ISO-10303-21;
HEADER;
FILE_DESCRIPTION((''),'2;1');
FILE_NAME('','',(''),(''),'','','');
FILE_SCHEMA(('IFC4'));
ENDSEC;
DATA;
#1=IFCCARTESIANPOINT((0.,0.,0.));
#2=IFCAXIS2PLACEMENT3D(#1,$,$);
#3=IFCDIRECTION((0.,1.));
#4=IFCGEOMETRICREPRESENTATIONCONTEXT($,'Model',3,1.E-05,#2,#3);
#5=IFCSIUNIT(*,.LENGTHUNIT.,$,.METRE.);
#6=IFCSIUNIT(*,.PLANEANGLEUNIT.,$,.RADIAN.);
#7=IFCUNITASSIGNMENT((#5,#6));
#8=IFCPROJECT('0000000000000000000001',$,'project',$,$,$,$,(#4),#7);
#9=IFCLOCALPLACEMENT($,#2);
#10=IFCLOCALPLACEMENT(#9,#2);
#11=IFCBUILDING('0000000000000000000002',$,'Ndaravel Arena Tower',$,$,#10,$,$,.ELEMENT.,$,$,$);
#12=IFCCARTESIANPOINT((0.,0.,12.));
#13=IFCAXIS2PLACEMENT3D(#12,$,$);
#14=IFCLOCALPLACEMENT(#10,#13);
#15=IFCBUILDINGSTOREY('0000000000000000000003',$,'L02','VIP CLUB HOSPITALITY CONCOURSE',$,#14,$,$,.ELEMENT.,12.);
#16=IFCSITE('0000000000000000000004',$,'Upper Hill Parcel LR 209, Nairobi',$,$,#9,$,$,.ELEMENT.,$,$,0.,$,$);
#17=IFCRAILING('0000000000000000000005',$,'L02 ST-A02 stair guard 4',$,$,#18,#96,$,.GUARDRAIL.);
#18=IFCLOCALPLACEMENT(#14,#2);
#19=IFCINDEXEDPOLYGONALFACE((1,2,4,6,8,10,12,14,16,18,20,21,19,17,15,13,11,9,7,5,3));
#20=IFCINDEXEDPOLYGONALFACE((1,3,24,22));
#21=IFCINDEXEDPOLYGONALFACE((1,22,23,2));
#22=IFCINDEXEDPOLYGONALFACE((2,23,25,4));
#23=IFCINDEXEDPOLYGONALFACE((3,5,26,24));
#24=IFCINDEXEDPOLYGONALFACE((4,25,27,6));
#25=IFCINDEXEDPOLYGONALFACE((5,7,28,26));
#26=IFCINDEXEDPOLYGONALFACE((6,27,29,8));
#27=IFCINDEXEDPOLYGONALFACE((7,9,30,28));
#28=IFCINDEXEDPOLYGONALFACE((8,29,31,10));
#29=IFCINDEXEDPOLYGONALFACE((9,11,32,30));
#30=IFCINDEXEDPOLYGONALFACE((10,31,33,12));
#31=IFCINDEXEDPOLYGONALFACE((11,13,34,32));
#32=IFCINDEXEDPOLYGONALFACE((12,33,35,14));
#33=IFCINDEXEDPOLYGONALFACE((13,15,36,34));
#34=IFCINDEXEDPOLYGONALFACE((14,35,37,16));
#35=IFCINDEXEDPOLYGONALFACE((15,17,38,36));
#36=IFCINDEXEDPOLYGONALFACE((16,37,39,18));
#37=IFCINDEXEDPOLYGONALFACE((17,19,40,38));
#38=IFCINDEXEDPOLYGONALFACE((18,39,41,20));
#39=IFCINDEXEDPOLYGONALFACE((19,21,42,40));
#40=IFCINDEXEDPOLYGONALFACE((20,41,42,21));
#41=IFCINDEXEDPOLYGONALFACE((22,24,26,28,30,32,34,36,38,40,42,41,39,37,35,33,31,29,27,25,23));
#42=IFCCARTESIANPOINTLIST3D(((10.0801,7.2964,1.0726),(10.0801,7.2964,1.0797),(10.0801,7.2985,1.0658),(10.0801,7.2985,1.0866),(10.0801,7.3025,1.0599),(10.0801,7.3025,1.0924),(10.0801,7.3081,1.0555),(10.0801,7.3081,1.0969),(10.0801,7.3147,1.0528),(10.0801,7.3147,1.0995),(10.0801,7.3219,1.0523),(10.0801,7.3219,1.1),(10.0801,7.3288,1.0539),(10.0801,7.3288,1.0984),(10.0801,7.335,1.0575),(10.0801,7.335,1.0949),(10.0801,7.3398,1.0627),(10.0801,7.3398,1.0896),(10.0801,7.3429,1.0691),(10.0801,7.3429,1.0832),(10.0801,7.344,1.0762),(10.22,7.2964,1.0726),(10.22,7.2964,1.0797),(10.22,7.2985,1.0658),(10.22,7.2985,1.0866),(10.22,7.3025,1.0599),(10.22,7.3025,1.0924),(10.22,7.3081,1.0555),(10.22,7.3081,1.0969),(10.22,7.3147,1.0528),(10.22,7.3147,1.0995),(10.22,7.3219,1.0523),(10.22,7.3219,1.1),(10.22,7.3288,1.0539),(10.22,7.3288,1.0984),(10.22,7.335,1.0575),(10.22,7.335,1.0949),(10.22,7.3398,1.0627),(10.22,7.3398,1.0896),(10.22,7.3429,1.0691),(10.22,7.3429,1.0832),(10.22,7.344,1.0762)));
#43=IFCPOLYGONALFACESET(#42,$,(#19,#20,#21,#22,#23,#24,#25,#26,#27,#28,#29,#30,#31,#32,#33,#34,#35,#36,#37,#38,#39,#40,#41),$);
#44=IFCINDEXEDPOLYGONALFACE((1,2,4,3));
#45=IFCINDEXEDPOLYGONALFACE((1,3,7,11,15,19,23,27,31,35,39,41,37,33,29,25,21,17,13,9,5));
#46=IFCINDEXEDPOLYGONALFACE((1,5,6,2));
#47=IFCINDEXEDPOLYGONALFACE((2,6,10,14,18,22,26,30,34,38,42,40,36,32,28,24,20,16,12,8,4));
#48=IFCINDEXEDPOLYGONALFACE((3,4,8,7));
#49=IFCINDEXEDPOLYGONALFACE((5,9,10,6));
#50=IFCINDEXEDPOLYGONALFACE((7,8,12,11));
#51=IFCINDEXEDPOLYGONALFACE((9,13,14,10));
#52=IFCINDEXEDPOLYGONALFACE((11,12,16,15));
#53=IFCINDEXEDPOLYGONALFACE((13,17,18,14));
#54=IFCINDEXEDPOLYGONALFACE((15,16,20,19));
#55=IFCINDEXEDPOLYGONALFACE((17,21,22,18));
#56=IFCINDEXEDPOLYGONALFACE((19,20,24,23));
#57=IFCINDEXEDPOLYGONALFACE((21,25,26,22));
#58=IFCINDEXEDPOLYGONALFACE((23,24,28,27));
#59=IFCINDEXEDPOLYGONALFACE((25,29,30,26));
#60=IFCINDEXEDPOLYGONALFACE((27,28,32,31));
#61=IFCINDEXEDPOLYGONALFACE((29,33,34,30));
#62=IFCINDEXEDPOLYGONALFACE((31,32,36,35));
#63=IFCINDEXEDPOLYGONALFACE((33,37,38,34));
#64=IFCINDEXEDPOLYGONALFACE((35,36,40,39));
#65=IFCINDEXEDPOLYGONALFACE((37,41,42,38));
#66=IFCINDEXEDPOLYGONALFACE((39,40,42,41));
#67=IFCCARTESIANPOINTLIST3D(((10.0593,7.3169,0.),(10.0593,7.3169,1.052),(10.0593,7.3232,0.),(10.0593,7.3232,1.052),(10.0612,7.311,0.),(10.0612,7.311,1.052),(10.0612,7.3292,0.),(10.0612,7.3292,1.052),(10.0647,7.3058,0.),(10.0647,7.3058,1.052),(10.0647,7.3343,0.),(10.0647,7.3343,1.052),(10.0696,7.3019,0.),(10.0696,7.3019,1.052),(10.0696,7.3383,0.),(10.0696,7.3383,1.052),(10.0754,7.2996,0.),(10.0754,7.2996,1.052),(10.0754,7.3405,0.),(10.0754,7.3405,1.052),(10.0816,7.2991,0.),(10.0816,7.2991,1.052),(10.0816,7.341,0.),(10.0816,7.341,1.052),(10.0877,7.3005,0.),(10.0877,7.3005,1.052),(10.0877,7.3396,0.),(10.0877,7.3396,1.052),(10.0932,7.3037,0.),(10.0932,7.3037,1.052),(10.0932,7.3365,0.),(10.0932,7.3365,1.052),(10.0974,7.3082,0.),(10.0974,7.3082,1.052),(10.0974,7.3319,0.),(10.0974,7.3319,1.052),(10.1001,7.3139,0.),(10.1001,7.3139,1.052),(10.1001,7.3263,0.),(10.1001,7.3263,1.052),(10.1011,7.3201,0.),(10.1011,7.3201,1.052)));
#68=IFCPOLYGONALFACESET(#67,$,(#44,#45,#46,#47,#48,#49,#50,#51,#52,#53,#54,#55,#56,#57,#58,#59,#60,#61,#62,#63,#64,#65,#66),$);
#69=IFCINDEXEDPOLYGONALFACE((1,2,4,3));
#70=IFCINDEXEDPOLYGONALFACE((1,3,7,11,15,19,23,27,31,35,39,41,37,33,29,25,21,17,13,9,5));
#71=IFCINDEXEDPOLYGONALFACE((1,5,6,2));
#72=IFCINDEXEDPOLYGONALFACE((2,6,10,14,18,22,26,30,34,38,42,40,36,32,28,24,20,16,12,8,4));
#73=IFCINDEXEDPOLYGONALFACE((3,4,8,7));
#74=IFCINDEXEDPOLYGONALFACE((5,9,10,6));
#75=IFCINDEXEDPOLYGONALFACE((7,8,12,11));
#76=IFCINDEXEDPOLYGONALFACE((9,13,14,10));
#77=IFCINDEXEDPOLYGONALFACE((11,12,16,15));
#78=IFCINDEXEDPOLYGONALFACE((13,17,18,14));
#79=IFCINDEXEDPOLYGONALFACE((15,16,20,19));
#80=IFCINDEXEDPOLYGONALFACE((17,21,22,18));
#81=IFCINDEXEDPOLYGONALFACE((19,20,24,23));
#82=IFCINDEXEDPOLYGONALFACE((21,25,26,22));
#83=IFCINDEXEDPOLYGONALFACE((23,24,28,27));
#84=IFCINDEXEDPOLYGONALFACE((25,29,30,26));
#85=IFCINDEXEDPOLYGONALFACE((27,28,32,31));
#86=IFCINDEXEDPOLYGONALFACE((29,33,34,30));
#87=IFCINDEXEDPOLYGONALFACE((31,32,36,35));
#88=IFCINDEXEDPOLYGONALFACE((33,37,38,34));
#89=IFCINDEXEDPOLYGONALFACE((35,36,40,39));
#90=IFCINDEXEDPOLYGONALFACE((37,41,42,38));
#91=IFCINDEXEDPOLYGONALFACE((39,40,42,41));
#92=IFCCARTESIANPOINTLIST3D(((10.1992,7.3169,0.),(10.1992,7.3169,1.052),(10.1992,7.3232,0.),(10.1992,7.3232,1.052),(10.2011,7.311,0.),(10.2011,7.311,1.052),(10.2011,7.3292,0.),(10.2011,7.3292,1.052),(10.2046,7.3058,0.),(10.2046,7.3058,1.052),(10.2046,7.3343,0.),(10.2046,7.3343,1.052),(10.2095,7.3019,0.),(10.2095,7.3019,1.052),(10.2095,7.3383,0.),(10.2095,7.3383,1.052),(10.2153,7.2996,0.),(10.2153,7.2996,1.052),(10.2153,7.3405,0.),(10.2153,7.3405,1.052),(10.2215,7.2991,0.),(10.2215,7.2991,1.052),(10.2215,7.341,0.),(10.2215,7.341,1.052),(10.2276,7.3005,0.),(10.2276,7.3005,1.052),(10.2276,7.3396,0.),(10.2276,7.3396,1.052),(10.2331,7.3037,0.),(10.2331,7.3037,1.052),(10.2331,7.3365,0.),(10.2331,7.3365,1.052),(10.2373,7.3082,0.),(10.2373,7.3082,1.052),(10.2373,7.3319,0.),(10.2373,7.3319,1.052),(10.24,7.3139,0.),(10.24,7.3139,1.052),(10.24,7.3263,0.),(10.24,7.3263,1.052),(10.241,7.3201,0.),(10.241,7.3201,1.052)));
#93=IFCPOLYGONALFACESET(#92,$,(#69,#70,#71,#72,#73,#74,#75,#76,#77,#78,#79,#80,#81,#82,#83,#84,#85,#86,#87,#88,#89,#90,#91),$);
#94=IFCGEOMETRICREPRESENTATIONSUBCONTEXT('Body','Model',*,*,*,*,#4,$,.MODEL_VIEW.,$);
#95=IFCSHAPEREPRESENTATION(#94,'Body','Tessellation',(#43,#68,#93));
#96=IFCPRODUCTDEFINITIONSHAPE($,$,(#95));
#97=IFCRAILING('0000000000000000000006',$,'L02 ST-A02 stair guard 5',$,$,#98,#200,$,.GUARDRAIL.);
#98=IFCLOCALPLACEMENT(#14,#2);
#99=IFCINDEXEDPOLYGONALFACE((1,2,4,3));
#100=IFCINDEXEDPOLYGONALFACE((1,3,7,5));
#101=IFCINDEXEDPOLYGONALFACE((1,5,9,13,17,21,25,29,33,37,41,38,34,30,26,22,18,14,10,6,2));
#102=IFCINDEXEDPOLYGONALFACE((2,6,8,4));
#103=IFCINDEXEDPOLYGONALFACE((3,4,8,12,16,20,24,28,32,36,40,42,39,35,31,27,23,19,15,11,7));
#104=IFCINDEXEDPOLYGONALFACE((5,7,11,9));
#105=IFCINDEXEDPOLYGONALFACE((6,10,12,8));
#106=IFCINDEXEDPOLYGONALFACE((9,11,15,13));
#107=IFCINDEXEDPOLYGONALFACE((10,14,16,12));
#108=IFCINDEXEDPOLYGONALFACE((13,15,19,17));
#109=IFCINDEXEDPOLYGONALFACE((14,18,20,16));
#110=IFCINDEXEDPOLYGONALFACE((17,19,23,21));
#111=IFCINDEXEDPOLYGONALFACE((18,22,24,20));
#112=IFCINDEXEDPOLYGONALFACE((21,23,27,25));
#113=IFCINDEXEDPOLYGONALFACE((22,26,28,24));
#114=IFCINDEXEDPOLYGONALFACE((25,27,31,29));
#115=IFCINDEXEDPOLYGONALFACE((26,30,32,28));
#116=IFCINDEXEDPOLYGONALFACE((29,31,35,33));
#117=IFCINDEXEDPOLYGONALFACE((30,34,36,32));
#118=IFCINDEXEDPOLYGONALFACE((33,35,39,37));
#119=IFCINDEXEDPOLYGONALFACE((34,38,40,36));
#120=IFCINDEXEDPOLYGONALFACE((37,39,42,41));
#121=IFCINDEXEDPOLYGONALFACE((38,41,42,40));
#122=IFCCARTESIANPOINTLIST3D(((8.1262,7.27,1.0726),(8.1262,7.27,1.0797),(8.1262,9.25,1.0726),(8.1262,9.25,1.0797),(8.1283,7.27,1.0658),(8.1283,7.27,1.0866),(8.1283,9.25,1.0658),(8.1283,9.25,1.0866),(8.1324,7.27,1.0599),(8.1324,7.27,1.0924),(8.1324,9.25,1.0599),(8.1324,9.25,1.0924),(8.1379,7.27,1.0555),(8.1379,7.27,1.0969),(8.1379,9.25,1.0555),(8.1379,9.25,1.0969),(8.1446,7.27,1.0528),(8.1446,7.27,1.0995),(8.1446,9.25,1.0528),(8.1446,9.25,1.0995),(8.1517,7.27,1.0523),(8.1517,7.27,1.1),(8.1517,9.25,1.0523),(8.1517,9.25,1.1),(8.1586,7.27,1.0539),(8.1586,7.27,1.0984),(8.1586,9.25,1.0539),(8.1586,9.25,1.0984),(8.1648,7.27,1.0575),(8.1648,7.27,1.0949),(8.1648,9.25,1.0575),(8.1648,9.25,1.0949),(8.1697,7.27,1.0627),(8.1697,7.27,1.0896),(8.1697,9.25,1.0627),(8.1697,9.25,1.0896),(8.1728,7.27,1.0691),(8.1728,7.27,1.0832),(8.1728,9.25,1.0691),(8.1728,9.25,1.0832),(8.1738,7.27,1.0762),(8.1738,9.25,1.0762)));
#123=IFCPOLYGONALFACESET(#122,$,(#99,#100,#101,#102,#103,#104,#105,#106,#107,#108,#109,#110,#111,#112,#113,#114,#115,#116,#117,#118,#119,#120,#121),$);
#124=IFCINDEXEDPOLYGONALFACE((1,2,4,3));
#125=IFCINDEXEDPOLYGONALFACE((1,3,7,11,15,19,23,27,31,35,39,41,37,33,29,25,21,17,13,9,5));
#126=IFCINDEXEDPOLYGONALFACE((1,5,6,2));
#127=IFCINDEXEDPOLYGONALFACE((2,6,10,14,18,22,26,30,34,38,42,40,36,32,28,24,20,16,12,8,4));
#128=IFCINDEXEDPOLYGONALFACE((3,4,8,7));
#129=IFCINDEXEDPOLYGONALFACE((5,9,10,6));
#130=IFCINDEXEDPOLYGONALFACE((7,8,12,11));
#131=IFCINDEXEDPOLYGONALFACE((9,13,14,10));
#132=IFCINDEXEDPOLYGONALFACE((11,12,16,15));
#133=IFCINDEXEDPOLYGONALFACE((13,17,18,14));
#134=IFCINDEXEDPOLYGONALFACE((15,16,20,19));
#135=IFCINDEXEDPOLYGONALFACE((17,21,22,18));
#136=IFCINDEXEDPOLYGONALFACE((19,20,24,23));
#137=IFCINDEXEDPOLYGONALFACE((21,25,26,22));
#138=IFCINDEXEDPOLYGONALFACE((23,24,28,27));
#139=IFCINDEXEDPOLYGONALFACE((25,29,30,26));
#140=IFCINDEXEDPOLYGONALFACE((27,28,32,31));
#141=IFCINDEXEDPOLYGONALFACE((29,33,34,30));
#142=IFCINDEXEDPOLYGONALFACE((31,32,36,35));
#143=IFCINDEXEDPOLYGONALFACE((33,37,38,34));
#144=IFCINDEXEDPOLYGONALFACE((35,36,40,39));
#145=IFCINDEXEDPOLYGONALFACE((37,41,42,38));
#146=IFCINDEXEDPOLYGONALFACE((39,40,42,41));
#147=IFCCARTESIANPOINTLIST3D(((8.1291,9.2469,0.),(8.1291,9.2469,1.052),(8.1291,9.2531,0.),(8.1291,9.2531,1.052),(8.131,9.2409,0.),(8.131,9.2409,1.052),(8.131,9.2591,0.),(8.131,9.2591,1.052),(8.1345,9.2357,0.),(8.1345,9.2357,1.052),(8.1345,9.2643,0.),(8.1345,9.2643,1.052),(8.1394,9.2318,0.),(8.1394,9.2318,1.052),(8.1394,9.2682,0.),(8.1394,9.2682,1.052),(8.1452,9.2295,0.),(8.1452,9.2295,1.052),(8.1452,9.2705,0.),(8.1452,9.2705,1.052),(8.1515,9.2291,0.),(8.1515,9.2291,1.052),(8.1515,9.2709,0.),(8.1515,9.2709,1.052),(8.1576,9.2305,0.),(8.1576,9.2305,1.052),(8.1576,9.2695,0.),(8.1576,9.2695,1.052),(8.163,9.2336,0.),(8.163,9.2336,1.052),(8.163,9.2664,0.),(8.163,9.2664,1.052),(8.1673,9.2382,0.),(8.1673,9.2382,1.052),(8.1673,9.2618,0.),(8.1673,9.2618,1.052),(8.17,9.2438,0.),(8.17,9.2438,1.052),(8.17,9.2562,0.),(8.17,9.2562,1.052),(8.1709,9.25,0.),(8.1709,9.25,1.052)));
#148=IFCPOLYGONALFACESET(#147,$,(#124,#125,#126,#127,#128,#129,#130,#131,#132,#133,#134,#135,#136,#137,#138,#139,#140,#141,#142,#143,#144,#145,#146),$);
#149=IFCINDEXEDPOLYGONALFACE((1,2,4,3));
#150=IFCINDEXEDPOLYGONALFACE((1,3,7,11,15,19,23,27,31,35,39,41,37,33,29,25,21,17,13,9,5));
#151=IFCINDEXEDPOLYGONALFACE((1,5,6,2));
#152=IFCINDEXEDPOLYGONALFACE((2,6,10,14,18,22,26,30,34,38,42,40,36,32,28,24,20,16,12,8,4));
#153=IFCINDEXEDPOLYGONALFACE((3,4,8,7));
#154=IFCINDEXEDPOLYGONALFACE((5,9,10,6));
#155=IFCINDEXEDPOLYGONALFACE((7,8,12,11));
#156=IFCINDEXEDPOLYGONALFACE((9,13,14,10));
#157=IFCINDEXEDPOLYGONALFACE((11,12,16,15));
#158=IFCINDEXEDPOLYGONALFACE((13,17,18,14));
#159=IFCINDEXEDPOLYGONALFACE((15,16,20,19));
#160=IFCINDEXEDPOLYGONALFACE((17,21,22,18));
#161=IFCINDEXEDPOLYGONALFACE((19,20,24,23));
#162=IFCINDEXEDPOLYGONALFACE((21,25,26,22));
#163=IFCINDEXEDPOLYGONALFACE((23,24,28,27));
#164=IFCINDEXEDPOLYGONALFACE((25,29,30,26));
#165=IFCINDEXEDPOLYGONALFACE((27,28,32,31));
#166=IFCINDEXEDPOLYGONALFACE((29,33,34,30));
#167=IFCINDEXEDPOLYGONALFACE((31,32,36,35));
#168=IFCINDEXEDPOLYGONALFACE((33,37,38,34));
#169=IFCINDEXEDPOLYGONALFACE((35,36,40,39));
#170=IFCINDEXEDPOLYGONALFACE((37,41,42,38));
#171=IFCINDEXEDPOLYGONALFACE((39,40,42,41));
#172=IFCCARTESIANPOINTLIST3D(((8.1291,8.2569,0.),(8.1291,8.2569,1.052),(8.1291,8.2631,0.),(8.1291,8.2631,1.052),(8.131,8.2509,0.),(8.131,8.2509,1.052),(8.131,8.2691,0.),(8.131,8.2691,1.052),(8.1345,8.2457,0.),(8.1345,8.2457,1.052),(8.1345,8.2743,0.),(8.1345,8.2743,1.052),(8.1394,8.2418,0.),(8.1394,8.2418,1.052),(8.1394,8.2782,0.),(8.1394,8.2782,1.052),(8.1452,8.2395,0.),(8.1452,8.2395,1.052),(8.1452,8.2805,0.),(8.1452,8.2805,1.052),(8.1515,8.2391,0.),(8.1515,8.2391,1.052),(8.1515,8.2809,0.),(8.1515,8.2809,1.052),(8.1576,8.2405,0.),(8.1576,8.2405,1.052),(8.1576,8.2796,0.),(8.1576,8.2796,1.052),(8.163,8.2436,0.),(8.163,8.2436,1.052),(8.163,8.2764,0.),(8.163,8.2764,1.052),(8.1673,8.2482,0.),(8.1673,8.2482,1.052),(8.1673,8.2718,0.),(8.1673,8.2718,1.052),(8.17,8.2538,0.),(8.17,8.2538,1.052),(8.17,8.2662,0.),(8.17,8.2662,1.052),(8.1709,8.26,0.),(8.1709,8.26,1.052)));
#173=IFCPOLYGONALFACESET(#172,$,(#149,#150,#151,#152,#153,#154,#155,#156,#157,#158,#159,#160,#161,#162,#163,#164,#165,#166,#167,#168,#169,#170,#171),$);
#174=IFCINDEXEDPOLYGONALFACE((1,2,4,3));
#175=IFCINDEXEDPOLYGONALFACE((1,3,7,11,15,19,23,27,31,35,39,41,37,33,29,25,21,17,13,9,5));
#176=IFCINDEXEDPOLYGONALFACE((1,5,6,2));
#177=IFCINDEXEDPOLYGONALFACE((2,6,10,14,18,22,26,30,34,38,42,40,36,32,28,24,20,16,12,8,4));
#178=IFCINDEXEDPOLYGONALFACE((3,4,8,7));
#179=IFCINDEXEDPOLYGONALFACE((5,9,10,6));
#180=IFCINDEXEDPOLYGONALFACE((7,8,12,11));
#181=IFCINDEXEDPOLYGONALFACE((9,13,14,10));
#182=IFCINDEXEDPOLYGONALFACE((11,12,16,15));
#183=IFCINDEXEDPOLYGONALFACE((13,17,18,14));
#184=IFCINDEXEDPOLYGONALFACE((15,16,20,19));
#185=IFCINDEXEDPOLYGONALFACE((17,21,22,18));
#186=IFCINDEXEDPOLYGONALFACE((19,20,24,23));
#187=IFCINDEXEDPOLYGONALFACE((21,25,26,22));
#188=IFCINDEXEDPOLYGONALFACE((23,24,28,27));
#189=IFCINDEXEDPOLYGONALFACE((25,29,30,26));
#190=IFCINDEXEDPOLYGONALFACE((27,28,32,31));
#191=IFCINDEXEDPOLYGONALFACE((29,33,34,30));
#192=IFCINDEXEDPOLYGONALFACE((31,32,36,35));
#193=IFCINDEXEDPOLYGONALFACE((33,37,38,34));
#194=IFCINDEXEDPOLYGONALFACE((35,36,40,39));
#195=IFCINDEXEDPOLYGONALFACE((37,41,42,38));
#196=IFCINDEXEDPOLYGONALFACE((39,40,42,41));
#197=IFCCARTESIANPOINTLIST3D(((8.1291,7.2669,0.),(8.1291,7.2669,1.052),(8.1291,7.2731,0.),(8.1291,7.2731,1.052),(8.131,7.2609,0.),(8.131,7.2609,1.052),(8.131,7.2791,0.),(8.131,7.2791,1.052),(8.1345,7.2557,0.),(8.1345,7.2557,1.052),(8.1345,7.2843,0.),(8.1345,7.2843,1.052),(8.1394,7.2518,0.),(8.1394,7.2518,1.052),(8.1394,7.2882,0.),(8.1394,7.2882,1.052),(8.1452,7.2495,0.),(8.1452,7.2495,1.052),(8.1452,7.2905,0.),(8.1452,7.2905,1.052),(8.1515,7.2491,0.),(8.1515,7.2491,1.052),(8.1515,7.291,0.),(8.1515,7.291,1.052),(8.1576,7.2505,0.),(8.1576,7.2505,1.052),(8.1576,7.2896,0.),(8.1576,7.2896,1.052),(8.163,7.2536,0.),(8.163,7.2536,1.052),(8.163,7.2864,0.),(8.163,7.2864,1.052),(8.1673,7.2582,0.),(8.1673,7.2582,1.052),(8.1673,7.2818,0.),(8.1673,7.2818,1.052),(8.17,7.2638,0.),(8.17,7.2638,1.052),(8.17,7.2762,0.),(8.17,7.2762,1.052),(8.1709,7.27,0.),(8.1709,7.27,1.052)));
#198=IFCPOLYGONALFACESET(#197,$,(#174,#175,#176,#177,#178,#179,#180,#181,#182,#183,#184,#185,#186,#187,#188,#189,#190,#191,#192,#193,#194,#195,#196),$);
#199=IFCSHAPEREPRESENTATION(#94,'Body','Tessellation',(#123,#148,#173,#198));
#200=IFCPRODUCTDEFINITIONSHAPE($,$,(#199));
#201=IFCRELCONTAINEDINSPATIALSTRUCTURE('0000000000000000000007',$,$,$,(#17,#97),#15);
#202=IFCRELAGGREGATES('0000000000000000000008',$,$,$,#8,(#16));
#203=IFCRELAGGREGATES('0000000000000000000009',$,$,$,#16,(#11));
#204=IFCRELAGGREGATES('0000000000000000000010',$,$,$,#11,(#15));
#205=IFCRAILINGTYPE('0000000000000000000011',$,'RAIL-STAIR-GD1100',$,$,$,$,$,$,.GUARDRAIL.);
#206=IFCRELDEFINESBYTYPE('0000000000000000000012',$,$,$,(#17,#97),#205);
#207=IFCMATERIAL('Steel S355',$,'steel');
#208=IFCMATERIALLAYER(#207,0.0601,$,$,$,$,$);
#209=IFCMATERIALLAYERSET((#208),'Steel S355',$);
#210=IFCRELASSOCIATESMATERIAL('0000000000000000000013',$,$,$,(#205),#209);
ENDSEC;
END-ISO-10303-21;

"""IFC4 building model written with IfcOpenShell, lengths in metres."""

from ifc_helpers import new_model, si_unit, direction, frame, origin, origin_2d, place, context, subcontext, project, spatial, circle, extrude, material, layer, layer_set, type_object, element, save


model = new_model("IFC4")

# Units and contexts
model_context = context("Model", 3, precision=1e-05, world=origin(), true_north=direction((0.0, 1.0)))
body_context = subcontext(model_context, "Body", "Model", "MODEL_VIEW")
ifc_project = project(units=[si_unit("LENGTHUNIT", "METRE"), si_unit("PLANEANGLEUNIT", "RADIAN")], contexts=[model_context])

# Site, building, storey
site_placement = place(None, origin())
site = spatial("IfcSite", under=ifc_project, at=site_placement, Name="Upper Hill Parcel LR 209, Nairobi", CompositionType="ELEMENT", RefElevation=0.0)
building_placement = place(site_placement, origin())
building = spatial("IfcBuilding", under=site, at=building_placement, Name="Ndaravel Arena Tower", CompositionType="ELEMENT")
storey_placement = place(building_placement, frame((0.0, 0.0, 12.0)))
storey = spatial("IfcBuildingStorey", under=building, at=storey_placement, Name="L02", Description="VIP CLUB HOSPITALITY CONCOURSE", CompositionType="ELEMENT", Elevation=12.0)

# Railings
ifc_material_1 = material(Name="Steel S355", Category="steel")
ifc_layer_1 = layer(ifc_material_1, 0.0601)
ifc_layer_set_1 = layer_set([ifc_layer_1], Name="Steel S355")
railing_type_1 = type_object("IfcRailingType", Name="RAIL-STAIR-GD1100", PredefinedType="GUARDRAIL", material=ifc_layer_set_1)
railing_1_placement = place(storey_placement, frame((10.0801, 7.3201, 0.0)))
element("IfcRailing", 1, at=railing_1_placement, inside=storey, type_object=railing_type_1, Name="L02 ST-A02 stair guard 4", PredefinedType="GUARDRAIL", context=body_context, shape_type="SweptSolid", body=[
    extrude(circle(Radius=0.0239, at=origin_2d()), frame((0.0, 0.0, 1.0762), z_axis=(1.0, 0.0, 0.0), x_axis=(0.0, 1.0, 0.0)), (0.0, 0.0, 1.0), 0.1399),
    extrude(circle(Radius=0.021, at=origin_2d()), origin(), (0.0, 0.0, 1.0), 1.052),
    extrude(circle(Radius=0.021, at=origin_2d()), frame((0.1399, 0.0, 0.0)), (0.0, 0.0, 1.0), 1.052),
])
for number, where, name in (
    (2, (8.1499, 9.25, 0.0), "L02 ST-A02 stair guard 5"),
):
    element("IfcRailing", number, at=place(storey_placement, frame(where)), inside=storey, type_object=railing_type_1, Name=name, PredefinedType="GUARDRAIL", context=body_context, shape_type="SweptSolid", body=[
        extrude(circle(Radius=0.0239, at=origin_2d()), frame((0.0, 0.0, 1.0762), z_axis=(0.0, -1.0, 0.0), x_axis=(1.0, 0.0, 0.0)), (0.0, 0.0, 1.0), 1.98),
        extrude(circle(Radius=0.021, at=origin_2d()), origin(), (0.0, 0.0, 1.0), 1.052),
        extrude(circle(Radius=0.021, at=origin_2d()), frame((0.0, -0.99, 0.0)), (0.0, 0.0, 1.0), 1.052),
        extrude(circle(Radius=0.021, at=origin_2d()), frame((0.0, -1.98, 0.0)), (0.0, 0.0, 1.0), 1.052),
    ])

save(model, "model.ifc")
